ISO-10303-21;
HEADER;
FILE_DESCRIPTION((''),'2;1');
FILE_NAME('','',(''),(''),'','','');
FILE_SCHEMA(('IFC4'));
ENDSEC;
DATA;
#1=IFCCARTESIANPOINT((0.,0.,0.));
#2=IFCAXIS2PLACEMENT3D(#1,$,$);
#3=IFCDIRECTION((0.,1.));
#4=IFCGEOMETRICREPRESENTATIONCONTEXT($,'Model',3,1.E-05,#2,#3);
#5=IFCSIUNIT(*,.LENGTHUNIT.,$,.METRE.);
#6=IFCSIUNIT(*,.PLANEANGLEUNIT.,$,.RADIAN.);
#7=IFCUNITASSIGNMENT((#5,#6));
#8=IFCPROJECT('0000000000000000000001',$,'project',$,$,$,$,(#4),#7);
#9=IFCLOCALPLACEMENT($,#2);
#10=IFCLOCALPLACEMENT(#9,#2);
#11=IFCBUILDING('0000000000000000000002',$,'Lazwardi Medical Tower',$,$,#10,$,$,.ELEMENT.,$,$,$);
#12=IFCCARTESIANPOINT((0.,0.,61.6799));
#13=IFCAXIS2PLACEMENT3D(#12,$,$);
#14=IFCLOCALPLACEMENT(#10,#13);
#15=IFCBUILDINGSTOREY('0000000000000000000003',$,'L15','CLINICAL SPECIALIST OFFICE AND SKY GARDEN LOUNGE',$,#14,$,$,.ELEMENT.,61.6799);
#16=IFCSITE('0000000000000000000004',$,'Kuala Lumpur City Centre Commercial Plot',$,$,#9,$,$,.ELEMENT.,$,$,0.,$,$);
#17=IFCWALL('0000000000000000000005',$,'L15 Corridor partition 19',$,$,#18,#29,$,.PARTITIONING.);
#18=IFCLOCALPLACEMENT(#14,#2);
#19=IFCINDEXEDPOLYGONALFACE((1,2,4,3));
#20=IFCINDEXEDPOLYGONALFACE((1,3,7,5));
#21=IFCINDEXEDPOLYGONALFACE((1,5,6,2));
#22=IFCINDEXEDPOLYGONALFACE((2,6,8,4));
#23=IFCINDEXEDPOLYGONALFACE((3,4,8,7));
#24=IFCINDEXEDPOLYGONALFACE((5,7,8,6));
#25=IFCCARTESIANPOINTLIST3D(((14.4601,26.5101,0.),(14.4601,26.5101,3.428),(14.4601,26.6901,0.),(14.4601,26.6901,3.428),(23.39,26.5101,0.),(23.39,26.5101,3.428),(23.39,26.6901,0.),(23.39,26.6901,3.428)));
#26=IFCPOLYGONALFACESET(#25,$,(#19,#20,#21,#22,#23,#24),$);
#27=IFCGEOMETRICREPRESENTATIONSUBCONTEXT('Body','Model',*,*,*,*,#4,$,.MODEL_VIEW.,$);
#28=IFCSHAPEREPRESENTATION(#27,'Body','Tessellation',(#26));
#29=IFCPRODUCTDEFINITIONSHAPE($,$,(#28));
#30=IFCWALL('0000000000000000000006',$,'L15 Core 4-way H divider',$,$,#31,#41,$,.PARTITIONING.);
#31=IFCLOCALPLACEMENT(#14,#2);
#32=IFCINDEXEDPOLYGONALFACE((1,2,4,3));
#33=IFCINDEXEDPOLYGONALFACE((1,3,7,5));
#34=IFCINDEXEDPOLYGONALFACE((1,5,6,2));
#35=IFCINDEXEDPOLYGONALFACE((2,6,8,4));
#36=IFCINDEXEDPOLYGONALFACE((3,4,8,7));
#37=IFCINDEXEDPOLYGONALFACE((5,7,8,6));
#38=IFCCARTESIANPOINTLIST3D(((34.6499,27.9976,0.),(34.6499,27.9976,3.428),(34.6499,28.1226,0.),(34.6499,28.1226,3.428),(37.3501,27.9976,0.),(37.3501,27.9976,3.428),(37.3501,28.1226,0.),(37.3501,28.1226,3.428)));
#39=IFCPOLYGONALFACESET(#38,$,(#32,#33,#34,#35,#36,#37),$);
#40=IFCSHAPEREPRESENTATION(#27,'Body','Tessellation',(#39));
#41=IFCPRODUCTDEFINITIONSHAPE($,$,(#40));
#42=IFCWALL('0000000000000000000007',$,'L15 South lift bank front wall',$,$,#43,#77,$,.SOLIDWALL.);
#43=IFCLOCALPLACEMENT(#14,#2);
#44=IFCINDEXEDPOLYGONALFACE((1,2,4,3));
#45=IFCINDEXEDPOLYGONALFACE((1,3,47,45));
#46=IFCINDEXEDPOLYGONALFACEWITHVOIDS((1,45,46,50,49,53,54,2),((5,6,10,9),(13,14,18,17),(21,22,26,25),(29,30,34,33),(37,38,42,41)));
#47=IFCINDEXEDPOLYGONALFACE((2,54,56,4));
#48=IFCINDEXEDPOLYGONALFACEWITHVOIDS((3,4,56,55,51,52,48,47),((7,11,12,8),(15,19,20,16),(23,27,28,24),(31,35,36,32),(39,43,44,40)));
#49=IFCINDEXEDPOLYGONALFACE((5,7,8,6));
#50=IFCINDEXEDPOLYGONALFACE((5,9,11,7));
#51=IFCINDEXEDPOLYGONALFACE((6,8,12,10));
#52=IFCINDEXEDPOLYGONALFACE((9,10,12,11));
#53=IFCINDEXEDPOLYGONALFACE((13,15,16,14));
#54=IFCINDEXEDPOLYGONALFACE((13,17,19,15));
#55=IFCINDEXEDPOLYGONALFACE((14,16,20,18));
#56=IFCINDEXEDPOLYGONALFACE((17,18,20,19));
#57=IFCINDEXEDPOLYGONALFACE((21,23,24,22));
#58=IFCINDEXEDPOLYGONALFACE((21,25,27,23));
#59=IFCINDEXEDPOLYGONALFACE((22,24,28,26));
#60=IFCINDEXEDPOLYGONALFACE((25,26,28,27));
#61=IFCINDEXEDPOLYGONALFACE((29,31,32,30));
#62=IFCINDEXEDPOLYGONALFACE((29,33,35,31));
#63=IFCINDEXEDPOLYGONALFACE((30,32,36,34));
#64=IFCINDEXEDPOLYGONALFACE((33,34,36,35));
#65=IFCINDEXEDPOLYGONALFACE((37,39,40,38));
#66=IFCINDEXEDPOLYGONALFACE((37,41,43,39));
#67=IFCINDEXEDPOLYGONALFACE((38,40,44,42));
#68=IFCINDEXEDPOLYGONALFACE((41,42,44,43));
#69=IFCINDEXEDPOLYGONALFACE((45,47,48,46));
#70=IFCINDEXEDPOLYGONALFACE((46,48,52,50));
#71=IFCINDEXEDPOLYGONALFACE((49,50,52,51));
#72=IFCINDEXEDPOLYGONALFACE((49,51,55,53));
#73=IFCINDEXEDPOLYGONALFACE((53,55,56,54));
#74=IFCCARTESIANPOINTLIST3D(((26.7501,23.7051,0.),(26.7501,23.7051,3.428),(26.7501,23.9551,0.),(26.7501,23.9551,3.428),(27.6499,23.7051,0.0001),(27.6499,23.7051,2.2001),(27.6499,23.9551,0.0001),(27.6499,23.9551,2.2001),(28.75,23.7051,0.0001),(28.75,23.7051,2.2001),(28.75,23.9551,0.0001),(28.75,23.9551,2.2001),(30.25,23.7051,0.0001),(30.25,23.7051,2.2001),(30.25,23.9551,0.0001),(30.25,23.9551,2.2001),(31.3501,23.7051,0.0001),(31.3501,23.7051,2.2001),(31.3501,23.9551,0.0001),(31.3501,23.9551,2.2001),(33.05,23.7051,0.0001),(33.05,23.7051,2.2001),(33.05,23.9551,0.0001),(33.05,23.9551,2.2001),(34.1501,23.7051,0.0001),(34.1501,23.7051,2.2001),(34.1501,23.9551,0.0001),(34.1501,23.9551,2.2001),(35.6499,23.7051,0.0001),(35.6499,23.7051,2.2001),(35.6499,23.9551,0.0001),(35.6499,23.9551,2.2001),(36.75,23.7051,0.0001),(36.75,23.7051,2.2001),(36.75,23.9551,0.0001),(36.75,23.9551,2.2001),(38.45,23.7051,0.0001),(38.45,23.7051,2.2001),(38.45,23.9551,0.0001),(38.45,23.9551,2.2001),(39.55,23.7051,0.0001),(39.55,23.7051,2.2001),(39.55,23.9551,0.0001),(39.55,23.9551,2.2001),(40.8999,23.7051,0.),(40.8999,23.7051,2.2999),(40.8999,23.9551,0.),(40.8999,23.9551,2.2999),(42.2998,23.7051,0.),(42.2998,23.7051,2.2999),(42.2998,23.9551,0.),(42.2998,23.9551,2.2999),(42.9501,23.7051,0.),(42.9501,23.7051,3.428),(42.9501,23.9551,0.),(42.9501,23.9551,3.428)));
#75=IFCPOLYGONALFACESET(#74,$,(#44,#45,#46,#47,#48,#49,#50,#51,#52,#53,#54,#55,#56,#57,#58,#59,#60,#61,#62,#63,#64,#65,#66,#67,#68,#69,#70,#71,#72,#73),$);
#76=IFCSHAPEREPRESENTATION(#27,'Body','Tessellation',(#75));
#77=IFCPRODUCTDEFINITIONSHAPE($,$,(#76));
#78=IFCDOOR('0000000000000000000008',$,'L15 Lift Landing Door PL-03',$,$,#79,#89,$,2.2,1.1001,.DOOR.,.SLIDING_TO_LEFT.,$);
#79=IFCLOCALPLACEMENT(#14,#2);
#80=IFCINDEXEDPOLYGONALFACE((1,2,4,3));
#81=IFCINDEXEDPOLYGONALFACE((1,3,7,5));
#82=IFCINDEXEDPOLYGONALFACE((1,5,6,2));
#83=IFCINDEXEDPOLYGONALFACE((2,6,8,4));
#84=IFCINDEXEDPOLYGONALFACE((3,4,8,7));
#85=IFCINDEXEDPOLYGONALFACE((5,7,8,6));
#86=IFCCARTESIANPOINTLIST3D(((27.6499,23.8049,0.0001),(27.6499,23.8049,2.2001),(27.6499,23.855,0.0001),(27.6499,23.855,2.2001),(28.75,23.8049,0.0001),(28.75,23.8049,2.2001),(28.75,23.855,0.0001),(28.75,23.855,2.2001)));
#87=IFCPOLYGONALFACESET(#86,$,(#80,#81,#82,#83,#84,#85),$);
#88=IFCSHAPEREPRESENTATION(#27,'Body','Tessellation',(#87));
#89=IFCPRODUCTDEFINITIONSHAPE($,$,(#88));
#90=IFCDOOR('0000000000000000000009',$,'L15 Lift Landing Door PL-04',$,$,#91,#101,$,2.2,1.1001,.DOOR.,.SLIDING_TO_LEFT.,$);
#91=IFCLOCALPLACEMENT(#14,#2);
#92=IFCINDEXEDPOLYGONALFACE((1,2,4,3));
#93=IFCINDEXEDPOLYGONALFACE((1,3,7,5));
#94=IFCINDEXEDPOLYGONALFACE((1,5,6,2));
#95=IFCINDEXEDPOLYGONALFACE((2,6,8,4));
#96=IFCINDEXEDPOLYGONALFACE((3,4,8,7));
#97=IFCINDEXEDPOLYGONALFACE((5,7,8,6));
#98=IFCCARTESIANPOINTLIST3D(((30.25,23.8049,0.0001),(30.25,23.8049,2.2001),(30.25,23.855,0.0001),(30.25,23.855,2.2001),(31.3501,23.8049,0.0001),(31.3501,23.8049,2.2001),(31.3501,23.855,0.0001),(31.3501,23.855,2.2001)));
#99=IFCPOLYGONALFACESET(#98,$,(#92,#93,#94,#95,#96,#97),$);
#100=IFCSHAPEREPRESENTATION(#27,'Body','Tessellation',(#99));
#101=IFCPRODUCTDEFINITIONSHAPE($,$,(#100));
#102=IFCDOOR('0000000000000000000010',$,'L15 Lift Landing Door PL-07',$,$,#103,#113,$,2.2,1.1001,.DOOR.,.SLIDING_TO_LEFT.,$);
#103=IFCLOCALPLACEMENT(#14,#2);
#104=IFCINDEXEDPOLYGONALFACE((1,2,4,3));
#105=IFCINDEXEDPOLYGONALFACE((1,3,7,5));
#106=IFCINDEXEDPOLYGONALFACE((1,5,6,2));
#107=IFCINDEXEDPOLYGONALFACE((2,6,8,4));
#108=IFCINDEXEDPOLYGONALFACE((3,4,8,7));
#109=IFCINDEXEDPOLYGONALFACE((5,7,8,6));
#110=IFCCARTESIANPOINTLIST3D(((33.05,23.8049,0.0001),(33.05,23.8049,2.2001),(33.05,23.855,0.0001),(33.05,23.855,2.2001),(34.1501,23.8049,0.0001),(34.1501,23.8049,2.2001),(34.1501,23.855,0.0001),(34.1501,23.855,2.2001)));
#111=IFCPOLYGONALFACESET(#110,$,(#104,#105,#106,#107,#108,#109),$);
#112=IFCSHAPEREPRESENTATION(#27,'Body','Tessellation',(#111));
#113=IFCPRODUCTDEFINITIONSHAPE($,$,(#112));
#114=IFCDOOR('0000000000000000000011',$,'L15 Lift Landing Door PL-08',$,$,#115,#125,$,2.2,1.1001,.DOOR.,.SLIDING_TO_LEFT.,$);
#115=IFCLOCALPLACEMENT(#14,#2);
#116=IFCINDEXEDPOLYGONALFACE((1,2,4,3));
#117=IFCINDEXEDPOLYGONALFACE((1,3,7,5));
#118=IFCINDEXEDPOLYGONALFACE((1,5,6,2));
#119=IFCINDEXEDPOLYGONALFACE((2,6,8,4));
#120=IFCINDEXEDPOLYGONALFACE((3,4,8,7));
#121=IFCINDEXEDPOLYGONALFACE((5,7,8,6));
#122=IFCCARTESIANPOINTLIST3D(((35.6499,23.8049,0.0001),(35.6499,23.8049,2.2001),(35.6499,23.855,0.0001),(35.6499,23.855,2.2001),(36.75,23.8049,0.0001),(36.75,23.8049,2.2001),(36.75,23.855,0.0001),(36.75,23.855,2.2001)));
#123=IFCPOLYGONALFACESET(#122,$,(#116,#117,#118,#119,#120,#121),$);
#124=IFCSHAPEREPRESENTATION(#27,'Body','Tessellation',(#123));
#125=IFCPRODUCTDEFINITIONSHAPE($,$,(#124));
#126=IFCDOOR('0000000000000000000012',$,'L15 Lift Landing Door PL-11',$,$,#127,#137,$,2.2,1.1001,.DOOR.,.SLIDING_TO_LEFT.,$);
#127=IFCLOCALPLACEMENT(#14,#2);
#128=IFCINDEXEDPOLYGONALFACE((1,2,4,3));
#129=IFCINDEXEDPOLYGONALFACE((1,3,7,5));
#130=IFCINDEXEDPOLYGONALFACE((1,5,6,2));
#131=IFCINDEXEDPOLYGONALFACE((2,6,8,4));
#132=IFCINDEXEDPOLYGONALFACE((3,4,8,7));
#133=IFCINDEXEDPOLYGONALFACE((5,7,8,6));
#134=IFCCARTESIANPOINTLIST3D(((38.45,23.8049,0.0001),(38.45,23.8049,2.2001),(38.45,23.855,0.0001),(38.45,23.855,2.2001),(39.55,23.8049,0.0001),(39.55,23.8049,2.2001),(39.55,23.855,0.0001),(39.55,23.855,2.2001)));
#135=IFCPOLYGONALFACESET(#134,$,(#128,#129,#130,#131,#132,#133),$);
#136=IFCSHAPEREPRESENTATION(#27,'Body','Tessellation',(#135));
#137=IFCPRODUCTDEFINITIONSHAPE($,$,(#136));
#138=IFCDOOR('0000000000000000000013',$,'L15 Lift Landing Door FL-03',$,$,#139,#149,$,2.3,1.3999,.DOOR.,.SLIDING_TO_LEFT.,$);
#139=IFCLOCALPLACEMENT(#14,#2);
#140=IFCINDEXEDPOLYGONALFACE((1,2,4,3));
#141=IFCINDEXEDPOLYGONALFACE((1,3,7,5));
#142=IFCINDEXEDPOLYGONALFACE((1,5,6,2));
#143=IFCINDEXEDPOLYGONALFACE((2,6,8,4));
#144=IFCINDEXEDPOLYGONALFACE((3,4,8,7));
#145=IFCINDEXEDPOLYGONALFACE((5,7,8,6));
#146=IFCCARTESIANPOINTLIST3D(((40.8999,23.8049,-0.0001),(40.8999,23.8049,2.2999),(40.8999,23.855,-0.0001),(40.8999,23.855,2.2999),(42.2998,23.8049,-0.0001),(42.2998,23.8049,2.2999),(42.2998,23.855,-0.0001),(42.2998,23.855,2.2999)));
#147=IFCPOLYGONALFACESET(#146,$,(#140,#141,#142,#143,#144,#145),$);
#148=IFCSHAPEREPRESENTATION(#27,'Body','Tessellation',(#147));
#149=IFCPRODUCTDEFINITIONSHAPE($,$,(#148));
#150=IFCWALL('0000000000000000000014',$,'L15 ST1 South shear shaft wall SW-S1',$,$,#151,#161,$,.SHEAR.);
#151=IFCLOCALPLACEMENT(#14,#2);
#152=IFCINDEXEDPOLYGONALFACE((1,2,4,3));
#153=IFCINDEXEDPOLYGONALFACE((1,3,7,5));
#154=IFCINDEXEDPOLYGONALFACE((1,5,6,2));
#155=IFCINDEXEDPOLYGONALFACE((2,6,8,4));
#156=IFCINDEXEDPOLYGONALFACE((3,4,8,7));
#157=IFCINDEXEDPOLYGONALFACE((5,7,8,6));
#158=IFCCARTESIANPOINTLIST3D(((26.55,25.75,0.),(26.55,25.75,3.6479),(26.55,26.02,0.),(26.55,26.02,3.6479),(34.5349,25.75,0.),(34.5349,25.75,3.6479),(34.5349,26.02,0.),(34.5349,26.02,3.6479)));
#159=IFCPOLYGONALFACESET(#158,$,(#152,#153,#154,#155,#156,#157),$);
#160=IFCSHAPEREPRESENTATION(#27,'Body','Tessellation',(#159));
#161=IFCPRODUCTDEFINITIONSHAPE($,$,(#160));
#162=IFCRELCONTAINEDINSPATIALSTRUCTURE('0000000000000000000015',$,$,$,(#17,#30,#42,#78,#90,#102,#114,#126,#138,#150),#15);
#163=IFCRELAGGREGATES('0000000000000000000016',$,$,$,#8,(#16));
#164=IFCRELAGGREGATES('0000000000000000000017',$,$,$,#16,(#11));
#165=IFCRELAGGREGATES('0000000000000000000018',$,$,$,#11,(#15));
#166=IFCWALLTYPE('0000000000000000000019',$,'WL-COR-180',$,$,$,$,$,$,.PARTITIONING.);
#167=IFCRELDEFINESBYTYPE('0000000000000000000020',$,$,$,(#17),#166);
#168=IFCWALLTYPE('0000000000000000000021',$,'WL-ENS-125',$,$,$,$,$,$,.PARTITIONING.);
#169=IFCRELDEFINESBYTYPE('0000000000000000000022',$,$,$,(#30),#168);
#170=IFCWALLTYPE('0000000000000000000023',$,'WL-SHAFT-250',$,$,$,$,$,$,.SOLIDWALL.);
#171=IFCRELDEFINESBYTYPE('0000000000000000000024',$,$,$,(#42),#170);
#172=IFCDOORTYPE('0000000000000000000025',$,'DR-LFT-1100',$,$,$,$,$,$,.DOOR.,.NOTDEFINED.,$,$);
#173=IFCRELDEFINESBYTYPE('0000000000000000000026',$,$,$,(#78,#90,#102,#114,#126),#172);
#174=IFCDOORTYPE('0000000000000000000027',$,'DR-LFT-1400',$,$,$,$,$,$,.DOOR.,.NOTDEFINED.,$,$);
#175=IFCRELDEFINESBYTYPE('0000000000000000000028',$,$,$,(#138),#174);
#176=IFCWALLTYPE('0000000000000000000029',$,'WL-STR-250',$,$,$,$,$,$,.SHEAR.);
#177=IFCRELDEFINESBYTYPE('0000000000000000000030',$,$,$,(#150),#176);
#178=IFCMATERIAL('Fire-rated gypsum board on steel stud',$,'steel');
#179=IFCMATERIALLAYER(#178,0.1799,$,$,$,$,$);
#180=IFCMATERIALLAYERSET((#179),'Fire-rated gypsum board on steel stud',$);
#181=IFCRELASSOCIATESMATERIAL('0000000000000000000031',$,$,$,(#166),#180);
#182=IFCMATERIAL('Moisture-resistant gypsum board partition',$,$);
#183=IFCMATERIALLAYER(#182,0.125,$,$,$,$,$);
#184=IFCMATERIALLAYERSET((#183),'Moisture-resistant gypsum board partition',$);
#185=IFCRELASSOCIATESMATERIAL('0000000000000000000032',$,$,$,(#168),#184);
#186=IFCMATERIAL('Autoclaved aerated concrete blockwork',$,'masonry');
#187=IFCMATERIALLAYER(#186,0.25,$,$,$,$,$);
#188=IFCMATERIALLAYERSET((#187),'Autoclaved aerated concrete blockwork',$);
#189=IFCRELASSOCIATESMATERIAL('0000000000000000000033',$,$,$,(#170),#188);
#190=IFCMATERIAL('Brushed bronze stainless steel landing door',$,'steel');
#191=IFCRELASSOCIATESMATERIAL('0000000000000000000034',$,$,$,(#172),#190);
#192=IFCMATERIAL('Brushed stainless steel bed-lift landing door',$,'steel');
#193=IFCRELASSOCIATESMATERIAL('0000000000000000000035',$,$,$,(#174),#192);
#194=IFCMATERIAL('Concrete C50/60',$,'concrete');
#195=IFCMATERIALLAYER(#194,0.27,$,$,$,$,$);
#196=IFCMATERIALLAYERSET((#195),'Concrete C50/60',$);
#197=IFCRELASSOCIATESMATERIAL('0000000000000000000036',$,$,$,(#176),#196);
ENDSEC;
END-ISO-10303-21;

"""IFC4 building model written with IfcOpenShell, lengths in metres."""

from ifc_helpers import new_model, si_unit, direction, frame, frame_2d, origin, place, context, subcontext, project, spatial, rectangle, extrude, material, layer, layer_set, type_object, element, fill, save


model = new_model("IFC4")

# Units and contexts
model_context = context("Model", 3, precision=1e-05, world=origin(), true_north=direction((0.0, 1.0)))
body_context = subcontext(model_context, "Body", "Model", "MODEL_VIEW")
ifc_project = project(units=[si_unit("LENGTHUNIT", "METRE"), si_unit("PLANEANGLEUNIT", "RADIAN")], contexts=[model_context])

# Site, building, storey
site_placement = place(None, origin())
site = spatial("IfcSite", under=ifc_project, at=site_placement, Name="Kuala Lumpur City Centre Commercial Plot", CompositionType="ELEMENT", RefElevation=0.0)
building_placement = place(site_placement, origin())
building = spatial("IfcBuilding", under=site, at=building_placement, Name="Lazwardi Medical Tower", CompositionType="ELEMENT")
storey_placement = place(building_placement, frame((0.0, 0.0, 61.6799)))
storey = spatial("IfcBuildingStorey", under=building, at=storey_placement, Name="L15", Description="CLINICAL SPECIALIST OFFICE AND SKY GARDEN LOUNGE", CompositionType="ELEMENT", Elevation=61.6799)

# Walls
ifc_material_1 = material(Name="Fire-rated gypsum board on steel stud", Category="steel")
ifc_layer_1 = layer(ifc_material_1, 0.1799)
ifc_layer_set_1 = layer_set([ifc_layer_1], Name="Fire-rated gypsum board on steel stud")
wall_type_1 = type_object("IfcWallType", Name="WL-COR-180", PredefinedType="PARTITIONING", material=ifc_layer_set_1)
wall_1_placement = place(storey_placement, frame((23.3899, 26.6001, 0.0), z_axis=(0.0, 0.0, 1.0), x_axis=(-1.0, 0.0, 0.0)))
element("IfcWall", 1, at=wall_1_placement, inside=storey, type_object=wall_type_1, Name="L15 Corridor partition 19", PredefinedType="PARTITIONING", context=body_context, shape_type="SweptSolid", body=[
    extrude(rectangle(XDim=8.9299, YDim=0.1799, at=frame_2d((4.4648, 0.0))), origin(), (0.0, 0.0, 1.0), 3.428),
])
ifc_material_2 = material(Name="Moisture-resistant gypsum board partition")
ifc_layer_2 = layer(ifc_material_2, 0.125)
ifc_layer_set_2 = layer_set([ifc_layer_2], Name="Moisture-resistant gypsum board partition")
wall_type_2 = type_object("IfcWallType", Name="WL-ENS-125", PredefinedType="PARTITIONING", material=ifc_layer_set_2)
wall_2_placement = place(storey_placement, frame((34.6499, 28.0601, 0.0), z_axis=(0.0, 0.0, 1.0), x_axis=(1.0, 0.0, 0.0)))
element("IfcWall", 2, at=wall_2_placement, inside=storey, type_object=wall_type_2, Name="L15 Core 4-way H divider", PredefinedType="PARTITIONING", context=body_context, shape_type="SweptSolid", body=[
    extrude(rectangle(XDim=2.7002, YDim=0.125, at=frame_2d((1.3501, 0.0))), origin(), (0.0, 0.0, 1.0), 3.428),
])

# Wall, openings, doors
ifc_material_3 = material(Name="Autoclaved aerated concrete blockwork", Category="masonry")
ifc_layer_3 = layer(ifc_material_3, 0.25)
ifc_layer_set_3 = layer_set([ifc_layer_3], Name="Autoclaved aerated concrete blockwork")
wall_type_3 = type_object("IfcWallType", Name="WL-SHAFT-250", PredefinedType="SOLIDWALL", material=ifc_layer_set_3)
wall_3_placement = place(storey_placement, frame((26.75, 23.8301, 0.0), z_axis=(0.0, 0.0, 1.0), x_axis=(1.0, 0.0, 0.0)))
wall_3 = element("IfcWall", 3, at=wall_3_placement, inside=storey, type_object=wall_type_3, Name="L15 South lift bank front wall", PredefinedType="SOLIDWALL", context=body_context, shape_type="SweptSolid", body=[
    extrude(rectangle(XDim=16.2, YDim=0.25, at=frame_2d((8.1001, 0.0))), origin(), (0.0, 0.0, 1.0), 3.428),
])
opening_1_placement = place(wall_3_placement, frame((0.8999, 0.0, 0.0)))
opening_1 = element("IfcOpeningElement", 4, at=opening_1_placement, cuts=wall_3, PredefinedType="OPENING", context=body_context, shape_type="SweptSolid", body=[
    extrude(rectangle(XDim=1.1001, YDim=2.2, at=frame_2d((0.55, 1.1001))), frame((0.0, 0.135, 0.0), z_axis=(0.0, -1.0, 0.0), x_axis=(1.0, 0.0, 0.0)), (0.0, 0.0, 1.0), 0.27),
])
opening_2_placement = place(wall_3_placement, frame((3.5, 0.0, 0.0)))
opening_2 = element("IfcOpeningElement", 5, at=opening_2_placement, cuts=wall_3, PredefinedType="OPENING", context=body_context, shape_type="SweptSolid", body=[
    extrude(rectangle(XDim=1.1001, YDim=2.2, at=frame_2d((0.55, 1.1001))), frame((0.0, 0.135, 0.0), z_axis=(0.0, -1.0, 0.0), x_axis=(1.0, 0.0, 0.0)), (0.0, 0.0, 1.0), 0.27),
])
opening_3_placement = place(wall_3_placement, frame((6.3, 0.0, 0.0)))
opening_3 = element("IfcOpeningElement", 6, at=opening_3_placement, cuts=wall_3, PredefinedType="OPENING", context=body_context, shape_type="SweptSolid", body=[
    extrude(rectangle(XDim=1.1001, YDim=2.2, at=frame_2d((0.55, 1.1001))), frame((0.0, 0.135, 0.0), z_axis=(0.0, -1.0, 0.0), x_axis=(1.0, 0.0, 0.0)), (0.0, 0.0, 1.0), 0.27),
])
opening_4_placement = place(wall_3_placement, frame((8.8999, 0.0, 0.0)))
opening_4 = element("IfcOpeningElement", 7, at=opening_4_placement, cuts=wall_3, PredefinedType="OPENING", context=body_context, shape_type="SweptSolid", body=[
    extrude(rectangle(XDim=1.1001, YDim=2.2, at=frame_2d((0.55, 1.1001))), frame((0.0, 0.135, 0.0), z_axis=(0.0, -1.0, 0.0), x_axis=(1.0, 0.0, 0.0)), (0.0, 0.0, 1.0), 0.27),
])
opening_5_placement = place(wall_3_placement, frame((11.7, 0.0, 0.0)))
opening_5 = element("IfcOpeningElement", 8, at=opening_5_placement, cuts=wall_3, PredefinedType="OPENING", context=body_context, shape_type="SweptSolid", body=[
    extrude(rectangle(XDim=1.1001, YDim=2.2, at=frame_2d((0.55, 1.1001))), frame((0.0, 0.135, 0.0), z_axis=(0.0, -1.0, 0.0), x_axis=(1.0, 0.0, 0.0)), (0.0, 0.0, 1.0), 0.27),
])
opening_6_placement = place(wall_3_placement, frame((14.1499, 0.0, 0.0)))
opening_6 = element("IfcOpeningElement", 9, at=opening_6_placement, cuts=wall_3, PredefinedType="OPENING", context=body_context, shape_type="SweptSolid", body=[
    extrude(rectangle(XDim=1.3999, YDim=2.3, at=frame_2d((0.7, 1.1499))), frame((0.0, 0.135, 0.0), z_axis=(0.0, -1.0, 0.0), x_axis=(1.0, 0.0, 0.0)), (0.0, 0.0, 1.0), 0.27),
])
ifc_material_4 = material(Name="Brushed bronze stainless steel landing door", Category="steel")
door_type_1 = type_object("IfcDoorType", Name="DR-LFT-1100", OperationType="NOTDEFINED", PredefinedType="DOOR", material=ifc_material_4)
door_1_placement = place(opening_1_placement, origin())
door_1 = element("IfcDoor", 10, at=door_1_placement, inside=storey, type_object=door_type_1, Name="L15 Lift Landing Door PL-03", OperationType="SLIDING_TO_LEFT", OverallHeight=2.2, OverallWidth=1.1001, PredefinedType="DOOR", context=body_context, shape_type="SweptSolid", body=[
    extrude(rectangle(XDim=1.1001, YDim=2.2, at=frame_2d((0.55, 1.1001))), frame((0.0, 0.0249, 0.0), z_axis=(0.0, -1.0, 0.0), x_axis=(1.0, 0.0, 0.0)), (0.0, 0.0, 1.0), 0.05),
])
fill(opening_1, door_1)
door_2_placement = place(opening_2_placement, origin())
door_2 = element("IfcDoor", 11, at=door_2_placement, inside=storey, type_object=door_type_1, Name="L15 Lift Landing Door PL-04", OperationType="SLIDING_TO_LEFT", OverallHeight=2.2, OverallWidth=1.1001, PredefinedType="DOOR", context=body_context, shape_type="SweptSolid", body=[
    extrude(rectangle(XDim=1.1001, YDim=2.2, at=frame_2d((0.55, 1.1001))), frame((0.0, 0.0249, 0.0), z_axis=(0.0, -1.0, 0.0), x_axis=(1.0, 0.0, 0.0)), (0.0, 0.0, 1.0), 0.05),
])
fill(opening_2, door_2)
door_3_placement = place(opening_3_placement, origin())
door_3 = element("IfcDoor", 12, at=door_3_placement, inside=storey, type_object=door_type_1, Name="L15 Lift Landing Door PL-07", OperationType="SLIDING_TO_LEFT", OverallHeight=2.2, OverallWidth=1.1001, PredefinedType="DOOR", context=body_context, shape_type="SweptSolid", body=[
    extrude(rectangle(XDim=1.1001, YDim=2.2, at=frame_2d((0.55, 1.1001))), frame((0.0, 0.0249, 0.0), z_axis=(0.0, -1.0, 0.0), x_axis=(1.0, 0.0, 0.0)), (0.0, 0.0, 1.0), 0.05),
])
fill(opening_3, door_3)
door_4_placement = place(opening_4_placement, origin())
door_4 = element("IfcDoor", 13, at=door_4_placement, inside=storey, type_object=door_type_1, Name="L15 Lift Landing Door PL-08", OperationType="SLIDING_TO_LEFT", OverallHeight=2.2, OverallWidth=1.1001, PredefinedType="DOOR", context=body_context, shape_type="SweptSolid", body=[
    extrude(rectangle(XDim=1.1001, YDim=2.2, at=frame_2d((0.55, 1.1001))), frame((0.0, 0.0249, 0.0), z_axis=(0.0, -1.0, 0.0), x_axis=(1.0, 0.0, 0.0)), (0.0, 0.0, 1.0), 0.05),
])
fill(opening_4, door_4)
door_5_placement = place(opening_5_placement, origin())
door_5 = element("IfcDoor", 14, at=door_5_placement, inside=storey, type_object=door_type_1, Name="L15 Lift Landing Door PL-11", OperationType="SLIDING_TO_LEFT", OverallHeight=2.2, OverallWidth=1.1001, PredefinedType="DOOR", context=body_context, shape_type="SweptSolid", body=[
    extrude(rectangle(XDim=1.1001, YDim=2.2, at=frame_2d((0.55, 1.1001))), frame((0.0, 0.0249, 0.0), z_axis=(0.0, -1.0, 0.0), x_axis=(1.0, 0.0, 0.0)), (0.0, 0.0, 1.0), 0.05),
])
fill(opening_5, door_5)
ifc_material_5 = material(Name="Brushed stainless steel bed-lift landing door", Category="steel")
door_type_2 = type_object("IfcDoorType", Name="DR-LFT-1400", OperationType="NOTDEFINED", PredefinedType="DOOR", material=ifc_material_5)
door_6_placement = place(opening_6_placement, origin())
door_6 = element("IfcDoor", 15, at=door_6_placement, inside=storey, type_object=door_type_2, Name="L15 Lift Landing Door FL-03", OperationType="SLIDING_TO_LEFT", OverallHeight=2.3, OverallWidth=1.3999, PredefinedType="DOOR", context=body_context, shape_type="SweptSolid", body=[
    extrude(rectangle(XDim=1.3999, YDim=2.3, at=frame_2d((0.7, 1.1499))), frame((0.0, 0.0249, 0.0), z_axis=(0.0, -1.0, 0.0), x_axis=(1.0, 0.0, 0.0)), (0.0, 0.0, 1.0), 0.05),
])
fill(opening_6, door_6)

# Wall
ifc_material_6 = material(Name="Concrete C50/60", Category="concrete")
ifc_layer_4 = layer(ifc_material_6, 0.27)
ifc_layer_set_4 = layer_set([ifc_layer_4], Name="Concrete C50/60")
wall_type_4 = type_object("IfcWallType", Name="WL-STR-250", PredefinedType="SHEAR", material=ifc_layer_set_4)
wall_4_placement = place(storey_placement, frame((26.55, 25.885, 0.0), z_axis=(0.0, 0.0, 1.0), x_axis=(1.0, 0.0, 0.0)))
element("IfcWall", 16, at=wall_4_placement, inside=storey, type_object=wall_type_4, Name="L15 ST1 South shear shaft wall SW-S1", PredefinedType="SHEAR", context=body_context, shape_type="SweptSolid", body=[
    extrude(rectangle(XDim=7.9849, YDim=0.27, at=frame_2d((3.9924, 0.0))), origin(), (0.0, 0.0, 1.0), 3.6479),
])

save(model, "model.ifc")
